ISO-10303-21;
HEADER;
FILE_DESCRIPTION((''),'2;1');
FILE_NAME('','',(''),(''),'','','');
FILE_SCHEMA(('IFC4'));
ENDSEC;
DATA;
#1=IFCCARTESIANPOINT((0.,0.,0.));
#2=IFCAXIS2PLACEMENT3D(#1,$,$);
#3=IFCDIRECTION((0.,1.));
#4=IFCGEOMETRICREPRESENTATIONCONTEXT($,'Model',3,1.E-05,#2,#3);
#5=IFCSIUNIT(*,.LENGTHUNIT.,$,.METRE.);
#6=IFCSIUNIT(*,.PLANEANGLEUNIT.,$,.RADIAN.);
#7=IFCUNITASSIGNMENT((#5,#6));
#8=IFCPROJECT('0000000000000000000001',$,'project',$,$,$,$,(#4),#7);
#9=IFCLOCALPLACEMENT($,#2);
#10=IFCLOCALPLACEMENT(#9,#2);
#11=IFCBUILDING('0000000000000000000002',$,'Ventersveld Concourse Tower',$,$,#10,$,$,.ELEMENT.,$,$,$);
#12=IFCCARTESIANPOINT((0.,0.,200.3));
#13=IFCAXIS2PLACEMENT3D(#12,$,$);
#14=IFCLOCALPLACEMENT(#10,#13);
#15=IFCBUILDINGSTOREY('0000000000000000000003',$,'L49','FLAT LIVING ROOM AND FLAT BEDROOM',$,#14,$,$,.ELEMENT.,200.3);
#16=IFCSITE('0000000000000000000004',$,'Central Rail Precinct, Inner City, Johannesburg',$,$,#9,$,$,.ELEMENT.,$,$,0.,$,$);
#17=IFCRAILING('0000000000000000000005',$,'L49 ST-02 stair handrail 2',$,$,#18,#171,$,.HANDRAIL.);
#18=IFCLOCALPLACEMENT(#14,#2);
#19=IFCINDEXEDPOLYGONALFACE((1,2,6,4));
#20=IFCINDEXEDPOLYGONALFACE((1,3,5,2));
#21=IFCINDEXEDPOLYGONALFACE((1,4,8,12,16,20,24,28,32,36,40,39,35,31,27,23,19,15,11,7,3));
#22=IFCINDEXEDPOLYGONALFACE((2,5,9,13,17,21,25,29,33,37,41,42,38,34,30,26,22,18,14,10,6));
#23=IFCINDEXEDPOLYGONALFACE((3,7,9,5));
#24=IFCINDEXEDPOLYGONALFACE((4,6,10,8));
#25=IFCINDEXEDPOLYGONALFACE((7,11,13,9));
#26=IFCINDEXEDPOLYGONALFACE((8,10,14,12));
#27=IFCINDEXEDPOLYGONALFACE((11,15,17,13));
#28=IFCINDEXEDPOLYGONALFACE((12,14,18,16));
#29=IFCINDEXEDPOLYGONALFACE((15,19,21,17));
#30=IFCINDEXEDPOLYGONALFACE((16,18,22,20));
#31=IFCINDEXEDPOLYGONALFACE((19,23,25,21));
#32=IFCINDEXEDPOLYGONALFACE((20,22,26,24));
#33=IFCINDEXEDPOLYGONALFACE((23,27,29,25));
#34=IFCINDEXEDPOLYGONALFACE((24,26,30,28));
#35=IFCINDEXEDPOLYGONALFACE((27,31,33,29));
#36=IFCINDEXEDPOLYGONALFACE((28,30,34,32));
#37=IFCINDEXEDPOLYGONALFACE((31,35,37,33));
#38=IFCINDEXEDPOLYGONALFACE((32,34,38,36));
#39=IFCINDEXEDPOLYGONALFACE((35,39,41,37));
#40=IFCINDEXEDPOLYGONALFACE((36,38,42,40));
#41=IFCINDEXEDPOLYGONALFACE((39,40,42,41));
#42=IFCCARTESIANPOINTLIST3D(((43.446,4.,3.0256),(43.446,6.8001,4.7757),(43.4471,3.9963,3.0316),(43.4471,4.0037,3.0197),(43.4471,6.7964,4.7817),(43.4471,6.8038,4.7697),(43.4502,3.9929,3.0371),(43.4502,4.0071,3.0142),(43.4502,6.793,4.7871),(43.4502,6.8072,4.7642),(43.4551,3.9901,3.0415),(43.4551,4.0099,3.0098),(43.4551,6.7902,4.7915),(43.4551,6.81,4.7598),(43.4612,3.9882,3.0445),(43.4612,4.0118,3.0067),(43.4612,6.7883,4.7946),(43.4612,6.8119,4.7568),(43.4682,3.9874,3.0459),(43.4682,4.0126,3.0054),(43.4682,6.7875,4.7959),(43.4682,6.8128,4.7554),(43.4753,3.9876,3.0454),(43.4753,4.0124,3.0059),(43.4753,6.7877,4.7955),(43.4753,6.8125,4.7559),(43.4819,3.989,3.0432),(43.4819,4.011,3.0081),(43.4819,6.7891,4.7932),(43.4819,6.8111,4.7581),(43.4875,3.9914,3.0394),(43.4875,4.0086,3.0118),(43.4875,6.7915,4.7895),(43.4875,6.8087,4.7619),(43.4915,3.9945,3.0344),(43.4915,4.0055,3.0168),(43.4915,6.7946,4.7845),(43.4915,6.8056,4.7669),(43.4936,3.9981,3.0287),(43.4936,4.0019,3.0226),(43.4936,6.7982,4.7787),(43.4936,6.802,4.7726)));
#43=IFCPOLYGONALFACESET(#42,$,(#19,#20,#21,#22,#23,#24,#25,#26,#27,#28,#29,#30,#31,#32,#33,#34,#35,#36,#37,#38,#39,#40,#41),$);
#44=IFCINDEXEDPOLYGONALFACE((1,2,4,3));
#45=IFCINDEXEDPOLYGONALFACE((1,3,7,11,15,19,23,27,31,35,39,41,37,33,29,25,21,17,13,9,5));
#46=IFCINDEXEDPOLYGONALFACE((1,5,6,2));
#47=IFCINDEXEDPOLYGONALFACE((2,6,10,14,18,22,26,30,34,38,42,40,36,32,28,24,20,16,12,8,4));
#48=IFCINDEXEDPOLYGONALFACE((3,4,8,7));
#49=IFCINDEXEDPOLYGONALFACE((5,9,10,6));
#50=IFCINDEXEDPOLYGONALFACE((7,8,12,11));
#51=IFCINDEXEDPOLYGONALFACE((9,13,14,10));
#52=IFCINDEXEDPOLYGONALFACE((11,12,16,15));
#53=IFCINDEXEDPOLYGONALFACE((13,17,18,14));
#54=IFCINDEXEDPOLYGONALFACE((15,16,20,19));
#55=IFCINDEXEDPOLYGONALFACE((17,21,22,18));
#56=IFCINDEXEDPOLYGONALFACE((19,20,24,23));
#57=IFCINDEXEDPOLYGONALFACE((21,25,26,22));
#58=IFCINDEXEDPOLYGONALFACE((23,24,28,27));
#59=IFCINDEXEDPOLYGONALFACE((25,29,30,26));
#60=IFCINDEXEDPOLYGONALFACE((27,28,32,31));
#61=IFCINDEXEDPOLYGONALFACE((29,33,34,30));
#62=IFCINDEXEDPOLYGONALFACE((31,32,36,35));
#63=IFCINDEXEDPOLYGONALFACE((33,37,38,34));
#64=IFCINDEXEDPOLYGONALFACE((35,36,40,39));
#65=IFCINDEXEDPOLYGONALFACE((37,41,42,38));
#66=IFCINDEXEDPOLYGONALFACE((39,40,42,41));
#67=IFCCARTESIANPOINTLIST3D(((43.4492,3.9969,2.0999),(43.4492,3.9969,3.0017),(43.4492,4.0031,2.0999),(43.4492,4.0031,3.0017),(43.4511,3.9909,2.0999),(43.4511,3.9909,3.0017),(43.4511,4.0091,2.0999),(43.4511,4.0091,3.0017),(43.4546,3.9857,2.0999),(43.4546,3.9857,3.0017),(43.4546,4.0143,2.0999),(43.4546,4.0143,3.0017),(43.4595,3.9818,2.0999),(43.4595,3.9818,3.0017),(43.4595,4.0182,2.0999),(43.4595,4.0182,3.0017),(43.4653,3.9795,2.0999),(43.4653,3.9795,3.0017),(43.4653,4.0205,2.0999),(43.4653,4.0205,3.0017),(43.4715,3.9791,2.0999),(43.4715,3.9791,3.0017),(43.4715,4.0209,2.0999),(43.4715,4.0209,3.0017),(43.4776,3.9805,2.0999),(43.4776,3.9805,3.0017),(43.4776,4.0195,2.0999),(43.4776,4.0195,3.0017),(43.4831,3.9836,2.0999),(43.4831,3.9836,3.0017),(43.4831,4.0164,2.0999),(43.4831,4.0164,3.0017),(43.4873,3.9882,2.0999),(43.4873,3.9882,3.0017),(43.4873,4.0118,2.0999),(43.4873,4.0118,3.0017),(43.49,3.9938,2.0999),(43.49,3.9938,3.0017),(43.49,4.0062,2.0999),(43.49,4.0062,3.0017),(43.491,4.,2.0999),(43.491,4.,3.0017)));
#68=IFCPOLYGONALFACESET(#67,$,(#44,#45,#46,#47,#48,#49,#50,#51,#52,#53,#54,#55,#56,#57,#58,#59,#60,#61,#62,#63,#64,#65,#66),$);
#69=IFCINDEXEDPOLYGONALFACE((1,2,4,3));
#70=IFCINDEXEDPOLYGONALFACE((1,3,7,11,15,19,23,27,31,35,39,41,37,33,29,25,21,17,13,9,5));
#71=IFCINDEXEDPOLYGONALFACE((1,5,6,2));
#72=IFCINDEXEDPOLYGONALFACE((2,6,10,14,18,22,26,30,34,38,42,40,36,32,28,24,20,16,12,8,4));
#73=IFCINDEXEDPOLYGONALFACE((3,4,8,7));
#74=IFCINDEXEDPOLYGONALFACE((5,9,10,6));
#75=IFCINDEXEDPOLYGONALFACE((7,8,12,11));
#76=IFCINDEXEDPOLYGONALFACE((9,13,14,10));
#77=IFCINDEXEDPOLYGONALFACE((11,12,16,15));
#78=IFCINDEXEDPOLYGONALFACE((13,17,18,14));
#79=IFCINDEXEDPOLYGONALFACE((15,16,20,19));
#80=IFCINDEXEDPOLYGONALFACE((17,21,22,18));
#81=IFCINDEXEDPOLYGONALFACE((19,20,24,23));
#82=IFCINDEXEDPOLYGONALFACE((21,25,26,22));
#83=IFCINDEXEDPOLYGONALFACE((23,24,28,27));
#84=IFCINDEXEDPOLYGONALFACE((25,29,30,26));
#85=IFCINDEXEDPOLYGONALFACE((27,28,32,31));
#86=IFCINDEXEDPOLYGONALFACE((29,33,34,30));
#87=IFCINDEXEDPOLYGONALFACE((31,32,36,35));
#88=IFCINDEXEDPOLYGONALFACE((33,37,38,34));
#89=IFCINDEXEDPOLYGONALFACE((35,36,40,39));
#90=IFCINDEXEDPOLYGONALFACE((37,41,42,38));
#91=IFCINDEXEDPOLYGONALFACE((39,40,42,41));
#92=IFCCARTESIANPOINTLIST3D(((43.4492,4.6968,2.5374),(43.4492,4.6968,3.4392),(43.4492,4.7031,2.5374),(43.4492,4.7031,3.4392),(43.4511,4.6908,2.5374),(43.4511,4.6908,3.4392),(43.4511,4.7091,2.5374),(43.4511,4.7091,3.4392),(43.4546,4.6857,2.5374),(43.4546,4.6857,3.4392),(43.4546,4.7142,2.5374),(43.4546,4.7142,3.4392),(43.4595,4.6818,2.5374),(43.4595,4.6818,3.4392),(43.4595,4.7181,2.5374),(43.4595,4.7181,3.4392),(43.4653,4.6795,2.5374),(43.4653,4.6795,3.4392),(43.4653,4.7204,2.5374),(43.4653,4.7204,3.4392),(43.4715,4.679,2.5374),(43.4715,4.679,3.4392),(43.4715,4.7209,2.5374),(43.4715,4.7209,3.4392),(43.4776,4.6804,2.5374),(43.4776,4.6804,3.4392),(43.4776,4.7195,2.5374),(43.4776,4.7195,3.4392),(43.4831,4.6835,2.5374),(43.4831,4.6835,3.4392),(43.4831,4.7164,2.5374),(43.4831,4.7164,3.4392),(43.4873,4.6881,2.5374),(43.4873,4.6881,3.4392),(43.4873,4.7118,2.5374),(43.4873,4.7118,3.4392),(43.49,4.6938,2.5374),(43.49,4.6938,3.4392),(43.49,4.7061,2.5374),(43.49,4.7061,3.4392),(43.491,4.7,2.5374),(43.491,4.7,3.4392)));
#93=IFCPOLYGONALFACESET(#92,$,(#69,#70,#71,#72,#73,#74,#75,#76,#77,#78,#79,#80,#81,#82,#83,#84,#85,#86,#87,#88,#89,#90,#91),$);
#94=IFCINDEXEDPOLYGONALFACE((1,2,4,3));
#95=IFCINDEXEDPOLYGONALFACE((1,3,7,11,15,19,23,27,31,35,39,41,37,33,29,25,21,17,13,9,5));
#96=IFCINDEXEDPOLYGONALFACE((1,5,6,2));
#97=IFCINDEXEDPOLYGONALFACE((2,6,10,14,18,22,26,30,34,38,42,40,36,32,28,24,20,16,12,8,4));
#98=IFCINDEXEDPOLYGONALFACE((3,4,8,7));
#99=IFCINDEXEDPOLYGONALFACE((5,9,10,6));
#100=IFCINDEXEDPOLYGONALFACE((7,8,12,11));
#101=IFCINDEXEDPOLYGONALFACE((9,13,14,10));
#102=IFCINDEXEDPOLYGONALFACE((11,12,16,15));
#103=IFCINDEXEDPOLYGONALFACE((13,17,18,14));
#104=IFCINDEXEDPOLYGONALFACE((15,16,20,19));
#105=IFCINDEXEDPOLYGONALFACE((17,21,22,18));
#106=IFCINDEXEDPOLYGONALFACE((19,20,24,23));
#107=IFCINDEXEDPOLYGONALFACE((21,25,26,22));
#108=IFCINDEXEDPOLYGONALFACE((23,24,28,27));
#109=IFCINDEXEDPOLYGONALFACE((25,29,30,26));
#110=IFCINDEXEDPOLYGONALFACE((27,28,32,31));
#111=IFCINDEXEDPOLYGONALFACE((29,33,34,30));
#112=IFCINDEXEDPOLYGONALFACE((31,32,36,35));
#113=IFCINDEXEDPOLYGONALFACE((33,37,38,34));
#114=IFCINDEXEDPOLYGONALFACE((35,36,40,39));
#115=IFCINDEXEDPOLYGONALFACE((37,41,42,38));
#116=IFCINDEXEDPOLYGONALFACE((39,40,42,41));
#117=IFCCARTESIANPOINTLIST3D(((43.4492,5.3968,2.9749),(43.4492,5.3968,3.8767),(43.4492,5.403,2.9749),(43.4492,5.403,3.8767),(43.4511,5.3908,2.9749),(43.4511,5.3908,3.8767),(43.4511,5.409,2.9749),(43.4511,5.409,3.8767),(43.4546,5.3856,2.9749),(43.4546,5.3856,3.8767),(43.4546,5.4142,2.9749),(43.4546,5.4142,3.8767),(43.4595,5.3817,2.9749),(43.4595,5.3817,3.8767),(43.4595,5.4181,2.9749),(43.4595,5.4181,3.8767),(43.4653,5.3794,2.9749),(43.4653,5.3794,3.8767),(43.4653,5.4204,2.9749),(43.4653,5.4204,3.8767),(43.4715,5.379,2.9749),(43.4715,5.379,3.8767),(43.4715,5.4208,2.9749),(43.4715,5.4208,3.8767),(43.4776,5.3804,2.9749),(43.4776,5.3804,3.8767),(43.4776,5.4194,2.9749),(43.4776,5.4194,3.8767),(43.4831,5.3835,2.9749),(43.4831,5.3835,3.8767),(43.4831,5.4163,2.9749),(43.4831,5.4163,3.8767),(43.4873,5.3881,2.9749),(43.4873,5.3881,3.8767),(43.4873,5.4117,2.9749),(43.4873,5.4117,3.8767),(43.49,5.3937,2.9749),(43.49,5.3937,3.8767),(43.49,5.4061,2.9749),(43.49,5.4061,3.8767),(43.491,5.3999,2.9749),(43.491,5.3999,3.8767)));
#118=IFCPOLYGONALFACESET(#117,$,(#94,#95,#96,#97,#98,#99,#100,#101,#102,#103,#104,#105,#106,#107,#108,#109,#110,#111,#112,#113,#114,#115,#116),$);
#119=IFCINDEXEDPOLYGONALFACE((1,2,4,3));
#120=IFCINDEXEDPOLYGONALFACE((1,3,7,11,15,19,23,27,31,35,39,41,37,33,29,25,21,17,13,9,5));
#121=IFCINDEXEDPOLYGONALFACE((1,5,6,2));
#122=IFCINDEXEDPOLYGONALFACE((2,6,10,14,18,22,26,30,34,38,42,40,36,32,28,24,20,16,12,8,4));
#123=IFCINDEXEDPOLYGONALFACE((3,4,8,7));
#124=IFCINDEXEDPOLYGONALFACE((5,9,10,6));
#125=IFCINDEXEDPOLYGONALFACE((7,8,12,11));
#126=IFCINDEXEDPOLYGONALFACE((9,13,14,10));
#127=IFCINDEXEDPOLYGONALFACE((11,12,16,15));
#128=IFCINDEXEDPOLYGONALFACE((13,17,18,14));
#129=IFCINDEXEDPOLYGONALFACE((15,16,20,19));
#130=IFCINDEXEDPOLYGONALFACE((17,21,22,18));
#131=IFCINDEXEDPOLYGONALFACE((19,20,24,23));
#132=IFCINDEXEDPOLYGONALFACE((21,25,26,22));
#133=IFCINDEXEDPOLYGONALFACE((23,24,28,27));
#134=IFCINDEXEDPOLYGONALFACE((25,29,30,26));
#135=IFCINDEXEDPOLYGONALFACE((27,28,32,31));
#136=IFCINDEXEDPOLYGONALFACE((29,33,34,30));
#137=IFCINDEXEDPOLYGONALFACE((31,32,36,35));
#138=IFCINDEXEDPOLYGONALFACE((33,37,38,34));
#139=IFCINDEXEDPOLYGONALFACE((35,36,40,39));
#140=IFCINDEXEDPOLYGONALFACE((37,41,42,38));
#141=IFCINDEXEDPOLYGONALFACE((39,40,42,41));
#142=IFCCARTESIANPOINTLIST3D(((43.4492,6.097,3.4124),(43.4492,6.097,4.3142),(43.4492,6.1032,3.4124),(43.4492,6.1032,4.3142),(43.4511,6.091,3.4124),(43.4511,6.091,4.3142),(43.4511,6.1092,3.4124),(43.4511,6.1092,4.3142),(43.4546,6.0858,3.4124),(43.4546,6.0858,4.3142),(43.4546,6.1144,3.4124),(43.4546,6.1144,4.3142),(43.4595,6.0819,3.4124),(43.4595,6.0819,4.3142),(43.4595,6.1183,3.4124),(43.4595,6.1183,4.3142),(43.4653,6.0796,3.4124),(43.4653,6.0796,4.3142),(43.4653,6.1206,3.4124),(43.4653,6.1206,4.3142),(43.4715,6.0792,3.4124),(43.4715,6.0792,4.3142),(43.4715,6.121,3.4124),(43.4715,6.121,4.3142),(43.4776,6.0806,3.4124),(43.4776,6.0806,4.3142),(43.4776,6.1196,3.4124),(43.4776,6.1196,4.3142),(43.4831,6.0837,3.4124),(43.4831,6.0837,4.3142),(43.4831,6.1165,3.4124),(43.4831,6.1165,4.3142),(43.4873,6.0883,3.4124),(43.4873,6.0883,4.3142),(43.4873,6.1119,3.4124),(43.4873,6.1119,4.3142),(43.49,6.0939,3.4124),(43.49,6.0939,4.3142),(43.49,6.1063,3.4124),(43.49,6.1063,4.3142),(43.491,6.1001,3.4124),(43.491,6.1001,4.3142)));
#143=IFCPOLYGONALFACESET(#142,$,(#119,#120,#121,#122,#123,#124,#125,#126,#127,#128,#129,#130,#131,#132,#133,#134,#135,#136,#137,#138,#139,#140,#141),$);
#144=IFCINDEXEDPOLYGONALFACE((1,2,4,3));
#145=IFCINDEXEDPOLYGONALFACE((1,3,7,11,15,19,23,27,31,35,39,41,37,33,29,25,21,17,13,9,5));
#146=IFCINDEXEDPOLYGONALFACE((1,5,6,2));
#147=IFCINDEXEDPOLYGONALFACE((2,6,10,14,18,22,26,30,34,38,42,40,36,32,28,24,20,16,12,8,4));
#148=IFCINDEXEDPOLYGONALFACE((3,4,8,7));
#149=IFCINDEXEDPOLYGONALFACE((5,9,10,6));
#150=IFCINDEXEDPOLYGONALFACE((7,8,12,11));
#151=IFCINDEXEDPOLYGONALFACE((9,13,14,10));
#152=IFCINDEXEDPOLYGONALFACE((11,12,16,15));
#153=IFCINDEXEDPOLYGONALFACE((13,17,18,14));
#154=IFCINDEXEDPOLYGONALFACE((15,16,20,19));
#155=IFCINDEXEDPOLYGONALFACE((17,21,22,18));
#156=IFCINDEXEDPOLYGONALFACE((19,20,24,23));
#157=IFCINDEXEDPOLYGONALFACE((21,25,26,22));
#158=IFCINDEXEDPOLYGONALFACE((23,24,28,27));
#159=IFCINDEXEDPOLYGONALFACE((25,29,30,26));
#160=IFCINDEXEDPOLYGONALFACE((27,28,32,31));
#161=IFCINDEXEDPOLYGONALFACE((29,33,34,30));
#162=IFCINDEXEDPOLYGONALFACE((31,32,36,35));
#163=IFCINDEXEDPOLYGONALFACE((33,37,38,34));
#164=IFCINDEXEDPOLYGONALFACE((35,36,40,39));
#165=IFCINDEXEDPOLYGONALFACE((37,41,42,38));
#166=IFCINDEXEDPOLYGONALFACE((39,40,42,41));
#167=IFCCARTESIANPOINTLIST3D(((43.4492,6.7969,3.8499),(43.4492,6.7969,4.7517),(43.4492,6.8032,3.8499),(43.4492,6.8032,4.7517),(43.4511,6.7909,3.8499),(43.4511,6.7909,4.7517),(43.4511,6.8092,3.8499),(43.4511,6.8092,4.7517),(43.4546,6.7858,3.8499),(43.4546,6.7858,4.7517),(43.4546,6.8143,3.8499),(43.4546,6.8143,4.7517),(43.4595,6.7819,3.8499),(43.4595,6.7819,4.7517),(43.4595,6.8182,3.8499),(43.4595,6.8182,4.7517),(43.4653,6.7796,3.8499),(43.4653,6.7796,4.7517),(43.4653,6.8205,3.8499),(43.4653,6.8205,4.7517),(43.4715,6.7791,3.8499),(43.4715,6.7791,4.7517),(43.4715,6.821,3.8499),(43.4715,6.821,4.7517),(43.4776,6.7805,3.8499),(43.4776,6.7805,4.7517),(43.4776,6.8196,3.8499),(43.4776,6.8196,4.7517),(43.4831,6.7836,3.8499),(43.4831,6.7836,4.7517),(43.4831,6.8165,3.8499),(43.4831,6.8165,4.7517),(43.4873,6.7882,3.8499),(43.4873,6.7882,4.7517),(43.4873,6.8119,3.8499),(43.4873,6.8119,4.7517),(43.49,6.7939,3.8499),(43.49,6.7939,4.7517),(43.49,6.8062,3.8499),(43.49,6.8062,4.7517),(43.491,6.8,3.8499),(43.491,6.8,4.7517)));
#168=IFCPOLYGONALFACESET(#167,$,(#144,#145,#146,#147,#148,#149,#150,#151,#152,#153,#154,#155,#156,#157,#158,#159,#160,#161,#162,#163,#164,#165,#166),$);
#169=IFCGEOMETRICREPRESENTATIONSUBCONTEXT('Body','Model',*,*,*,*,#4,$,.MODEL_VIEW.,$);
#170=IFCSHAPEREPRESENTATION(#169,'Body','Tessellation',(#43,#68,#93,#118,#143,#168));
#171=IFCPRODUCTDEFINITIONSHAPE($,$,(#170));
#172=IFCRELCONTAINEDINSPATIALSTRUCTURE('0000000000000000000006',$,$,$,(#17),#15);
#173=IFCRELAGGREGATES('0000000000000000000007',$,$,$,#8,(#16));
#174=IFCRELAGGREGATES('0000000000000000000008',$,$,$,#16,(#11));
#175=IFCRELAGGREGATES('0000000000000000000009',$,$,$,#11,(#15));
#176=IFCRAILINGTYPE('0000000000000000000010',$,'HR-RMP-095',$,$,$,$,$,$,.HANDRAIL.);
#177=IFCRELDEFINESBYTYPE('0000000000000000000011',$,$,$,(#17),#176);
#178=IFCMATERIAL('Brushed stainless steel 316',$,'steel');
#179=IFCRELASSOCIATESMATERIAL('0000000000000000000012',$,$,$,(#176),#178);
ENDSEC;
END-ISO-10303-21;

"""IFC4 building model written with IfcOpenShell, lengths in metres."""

from ifc_helpers import new_model, si_unit, direction, frame, origin, origin_2d, place, context, subcontext, project, spatial, circle, extrude, material, type_object, element, save


model = new_model("IFC4")

# Units and contexts
model_context = context("Model", 3, precision=1e-05, world=origin(), true_north=direction((0.0, 1.0)))
body_context = subcontext(model_context, "Body", "Model", "MODEL_VIEW")
ifc_project = project(units=[si_unit("LENGTHUNIT", "METRE"), si_unit("PLANEANGLEUNIT", "RADIAN")], contexts=[model_context])

# Site, building, storey
site_placement = place(None, origin())
site = spatial("IfcSite", under=ifc_project, at=site_placement, Name="Central Rail Precinct, Inner City, Johannesburg", CompositionType="ELEMENT", RefElevation=0.0)
building_placement = place(site_placement, origin())
building = spatial("IfcBuilding", under=site, at=building_placement, Name="Ventersveld Concourse Tower", CompositionType="ELEMENT")
storey_placement = place(building_placement, frame((0.0, 0.0, 200.3)))
storey = spatial("IfcBuildingStorey", under=building, at=storey_placement, Name="L49", Description="FLAT LIVING ROOM AND FLAT BEDROOM", CompositionType="ELEMENT", Elevation=200.3)

# Railing
ifc_material_1 = material(Name="Brushed stainless steel 316", Category="steel")
railing_type_1 = type_object("IfcRailingType", Name="HR-RMP-095", PredefinedType="HANDRAIL", material=ifc_material_1)
railing_1_placement = place(storey_placement, frame((43.47, 4.0, 2.0999)))
element("IfcRailing", 1, at=railing_1_placement, inside=storey, type_object=railing_type_1, Name="L49 ST-02 stair handrail 2", PredefinedType="HANDRAIL", context=body_context, shape_type="SweptSolid", body=[
    extrude(circle(Radius=0.0239, at=origin_2d()), frame((0.0, 0.0, 0.9258), z_axis=(0.0, 0.848002, 0.529992), x_axis=(-1.0, 0.0, 0.0)), (0.0, 0.0, 1.0), 3.302),
    extrude(circle(Radius=0.021, at=origin_2d()), origin(), (0.0, 0.0, 1.0), 0.9019),
    extrude(circle(Radius=0.021, at=origin_2d()), frame((0.0, 0.7, 0.4375)), (0.0, 0.0, 1.0), 0.9019),
    extrude(circle(Radius=0.021, at=origin_2d()), frame((0.0, 1.3999, 0.875)), (0.0, 0.0, 1.0), 0.9019),
    extrude(circle(Radius=0.021, at=origin_2d()), frame((0.0, 2.1001, 1.3125)), (0.0, 0.0, 1.0), 0.9019),
    extrude(circle(Radius=0.021, at=origin_2d()), frame((0.0, 2.8, 1.75)), (0.0, 0.0, 1.0), 0.9019),
])

save(model, "model.ifc")
